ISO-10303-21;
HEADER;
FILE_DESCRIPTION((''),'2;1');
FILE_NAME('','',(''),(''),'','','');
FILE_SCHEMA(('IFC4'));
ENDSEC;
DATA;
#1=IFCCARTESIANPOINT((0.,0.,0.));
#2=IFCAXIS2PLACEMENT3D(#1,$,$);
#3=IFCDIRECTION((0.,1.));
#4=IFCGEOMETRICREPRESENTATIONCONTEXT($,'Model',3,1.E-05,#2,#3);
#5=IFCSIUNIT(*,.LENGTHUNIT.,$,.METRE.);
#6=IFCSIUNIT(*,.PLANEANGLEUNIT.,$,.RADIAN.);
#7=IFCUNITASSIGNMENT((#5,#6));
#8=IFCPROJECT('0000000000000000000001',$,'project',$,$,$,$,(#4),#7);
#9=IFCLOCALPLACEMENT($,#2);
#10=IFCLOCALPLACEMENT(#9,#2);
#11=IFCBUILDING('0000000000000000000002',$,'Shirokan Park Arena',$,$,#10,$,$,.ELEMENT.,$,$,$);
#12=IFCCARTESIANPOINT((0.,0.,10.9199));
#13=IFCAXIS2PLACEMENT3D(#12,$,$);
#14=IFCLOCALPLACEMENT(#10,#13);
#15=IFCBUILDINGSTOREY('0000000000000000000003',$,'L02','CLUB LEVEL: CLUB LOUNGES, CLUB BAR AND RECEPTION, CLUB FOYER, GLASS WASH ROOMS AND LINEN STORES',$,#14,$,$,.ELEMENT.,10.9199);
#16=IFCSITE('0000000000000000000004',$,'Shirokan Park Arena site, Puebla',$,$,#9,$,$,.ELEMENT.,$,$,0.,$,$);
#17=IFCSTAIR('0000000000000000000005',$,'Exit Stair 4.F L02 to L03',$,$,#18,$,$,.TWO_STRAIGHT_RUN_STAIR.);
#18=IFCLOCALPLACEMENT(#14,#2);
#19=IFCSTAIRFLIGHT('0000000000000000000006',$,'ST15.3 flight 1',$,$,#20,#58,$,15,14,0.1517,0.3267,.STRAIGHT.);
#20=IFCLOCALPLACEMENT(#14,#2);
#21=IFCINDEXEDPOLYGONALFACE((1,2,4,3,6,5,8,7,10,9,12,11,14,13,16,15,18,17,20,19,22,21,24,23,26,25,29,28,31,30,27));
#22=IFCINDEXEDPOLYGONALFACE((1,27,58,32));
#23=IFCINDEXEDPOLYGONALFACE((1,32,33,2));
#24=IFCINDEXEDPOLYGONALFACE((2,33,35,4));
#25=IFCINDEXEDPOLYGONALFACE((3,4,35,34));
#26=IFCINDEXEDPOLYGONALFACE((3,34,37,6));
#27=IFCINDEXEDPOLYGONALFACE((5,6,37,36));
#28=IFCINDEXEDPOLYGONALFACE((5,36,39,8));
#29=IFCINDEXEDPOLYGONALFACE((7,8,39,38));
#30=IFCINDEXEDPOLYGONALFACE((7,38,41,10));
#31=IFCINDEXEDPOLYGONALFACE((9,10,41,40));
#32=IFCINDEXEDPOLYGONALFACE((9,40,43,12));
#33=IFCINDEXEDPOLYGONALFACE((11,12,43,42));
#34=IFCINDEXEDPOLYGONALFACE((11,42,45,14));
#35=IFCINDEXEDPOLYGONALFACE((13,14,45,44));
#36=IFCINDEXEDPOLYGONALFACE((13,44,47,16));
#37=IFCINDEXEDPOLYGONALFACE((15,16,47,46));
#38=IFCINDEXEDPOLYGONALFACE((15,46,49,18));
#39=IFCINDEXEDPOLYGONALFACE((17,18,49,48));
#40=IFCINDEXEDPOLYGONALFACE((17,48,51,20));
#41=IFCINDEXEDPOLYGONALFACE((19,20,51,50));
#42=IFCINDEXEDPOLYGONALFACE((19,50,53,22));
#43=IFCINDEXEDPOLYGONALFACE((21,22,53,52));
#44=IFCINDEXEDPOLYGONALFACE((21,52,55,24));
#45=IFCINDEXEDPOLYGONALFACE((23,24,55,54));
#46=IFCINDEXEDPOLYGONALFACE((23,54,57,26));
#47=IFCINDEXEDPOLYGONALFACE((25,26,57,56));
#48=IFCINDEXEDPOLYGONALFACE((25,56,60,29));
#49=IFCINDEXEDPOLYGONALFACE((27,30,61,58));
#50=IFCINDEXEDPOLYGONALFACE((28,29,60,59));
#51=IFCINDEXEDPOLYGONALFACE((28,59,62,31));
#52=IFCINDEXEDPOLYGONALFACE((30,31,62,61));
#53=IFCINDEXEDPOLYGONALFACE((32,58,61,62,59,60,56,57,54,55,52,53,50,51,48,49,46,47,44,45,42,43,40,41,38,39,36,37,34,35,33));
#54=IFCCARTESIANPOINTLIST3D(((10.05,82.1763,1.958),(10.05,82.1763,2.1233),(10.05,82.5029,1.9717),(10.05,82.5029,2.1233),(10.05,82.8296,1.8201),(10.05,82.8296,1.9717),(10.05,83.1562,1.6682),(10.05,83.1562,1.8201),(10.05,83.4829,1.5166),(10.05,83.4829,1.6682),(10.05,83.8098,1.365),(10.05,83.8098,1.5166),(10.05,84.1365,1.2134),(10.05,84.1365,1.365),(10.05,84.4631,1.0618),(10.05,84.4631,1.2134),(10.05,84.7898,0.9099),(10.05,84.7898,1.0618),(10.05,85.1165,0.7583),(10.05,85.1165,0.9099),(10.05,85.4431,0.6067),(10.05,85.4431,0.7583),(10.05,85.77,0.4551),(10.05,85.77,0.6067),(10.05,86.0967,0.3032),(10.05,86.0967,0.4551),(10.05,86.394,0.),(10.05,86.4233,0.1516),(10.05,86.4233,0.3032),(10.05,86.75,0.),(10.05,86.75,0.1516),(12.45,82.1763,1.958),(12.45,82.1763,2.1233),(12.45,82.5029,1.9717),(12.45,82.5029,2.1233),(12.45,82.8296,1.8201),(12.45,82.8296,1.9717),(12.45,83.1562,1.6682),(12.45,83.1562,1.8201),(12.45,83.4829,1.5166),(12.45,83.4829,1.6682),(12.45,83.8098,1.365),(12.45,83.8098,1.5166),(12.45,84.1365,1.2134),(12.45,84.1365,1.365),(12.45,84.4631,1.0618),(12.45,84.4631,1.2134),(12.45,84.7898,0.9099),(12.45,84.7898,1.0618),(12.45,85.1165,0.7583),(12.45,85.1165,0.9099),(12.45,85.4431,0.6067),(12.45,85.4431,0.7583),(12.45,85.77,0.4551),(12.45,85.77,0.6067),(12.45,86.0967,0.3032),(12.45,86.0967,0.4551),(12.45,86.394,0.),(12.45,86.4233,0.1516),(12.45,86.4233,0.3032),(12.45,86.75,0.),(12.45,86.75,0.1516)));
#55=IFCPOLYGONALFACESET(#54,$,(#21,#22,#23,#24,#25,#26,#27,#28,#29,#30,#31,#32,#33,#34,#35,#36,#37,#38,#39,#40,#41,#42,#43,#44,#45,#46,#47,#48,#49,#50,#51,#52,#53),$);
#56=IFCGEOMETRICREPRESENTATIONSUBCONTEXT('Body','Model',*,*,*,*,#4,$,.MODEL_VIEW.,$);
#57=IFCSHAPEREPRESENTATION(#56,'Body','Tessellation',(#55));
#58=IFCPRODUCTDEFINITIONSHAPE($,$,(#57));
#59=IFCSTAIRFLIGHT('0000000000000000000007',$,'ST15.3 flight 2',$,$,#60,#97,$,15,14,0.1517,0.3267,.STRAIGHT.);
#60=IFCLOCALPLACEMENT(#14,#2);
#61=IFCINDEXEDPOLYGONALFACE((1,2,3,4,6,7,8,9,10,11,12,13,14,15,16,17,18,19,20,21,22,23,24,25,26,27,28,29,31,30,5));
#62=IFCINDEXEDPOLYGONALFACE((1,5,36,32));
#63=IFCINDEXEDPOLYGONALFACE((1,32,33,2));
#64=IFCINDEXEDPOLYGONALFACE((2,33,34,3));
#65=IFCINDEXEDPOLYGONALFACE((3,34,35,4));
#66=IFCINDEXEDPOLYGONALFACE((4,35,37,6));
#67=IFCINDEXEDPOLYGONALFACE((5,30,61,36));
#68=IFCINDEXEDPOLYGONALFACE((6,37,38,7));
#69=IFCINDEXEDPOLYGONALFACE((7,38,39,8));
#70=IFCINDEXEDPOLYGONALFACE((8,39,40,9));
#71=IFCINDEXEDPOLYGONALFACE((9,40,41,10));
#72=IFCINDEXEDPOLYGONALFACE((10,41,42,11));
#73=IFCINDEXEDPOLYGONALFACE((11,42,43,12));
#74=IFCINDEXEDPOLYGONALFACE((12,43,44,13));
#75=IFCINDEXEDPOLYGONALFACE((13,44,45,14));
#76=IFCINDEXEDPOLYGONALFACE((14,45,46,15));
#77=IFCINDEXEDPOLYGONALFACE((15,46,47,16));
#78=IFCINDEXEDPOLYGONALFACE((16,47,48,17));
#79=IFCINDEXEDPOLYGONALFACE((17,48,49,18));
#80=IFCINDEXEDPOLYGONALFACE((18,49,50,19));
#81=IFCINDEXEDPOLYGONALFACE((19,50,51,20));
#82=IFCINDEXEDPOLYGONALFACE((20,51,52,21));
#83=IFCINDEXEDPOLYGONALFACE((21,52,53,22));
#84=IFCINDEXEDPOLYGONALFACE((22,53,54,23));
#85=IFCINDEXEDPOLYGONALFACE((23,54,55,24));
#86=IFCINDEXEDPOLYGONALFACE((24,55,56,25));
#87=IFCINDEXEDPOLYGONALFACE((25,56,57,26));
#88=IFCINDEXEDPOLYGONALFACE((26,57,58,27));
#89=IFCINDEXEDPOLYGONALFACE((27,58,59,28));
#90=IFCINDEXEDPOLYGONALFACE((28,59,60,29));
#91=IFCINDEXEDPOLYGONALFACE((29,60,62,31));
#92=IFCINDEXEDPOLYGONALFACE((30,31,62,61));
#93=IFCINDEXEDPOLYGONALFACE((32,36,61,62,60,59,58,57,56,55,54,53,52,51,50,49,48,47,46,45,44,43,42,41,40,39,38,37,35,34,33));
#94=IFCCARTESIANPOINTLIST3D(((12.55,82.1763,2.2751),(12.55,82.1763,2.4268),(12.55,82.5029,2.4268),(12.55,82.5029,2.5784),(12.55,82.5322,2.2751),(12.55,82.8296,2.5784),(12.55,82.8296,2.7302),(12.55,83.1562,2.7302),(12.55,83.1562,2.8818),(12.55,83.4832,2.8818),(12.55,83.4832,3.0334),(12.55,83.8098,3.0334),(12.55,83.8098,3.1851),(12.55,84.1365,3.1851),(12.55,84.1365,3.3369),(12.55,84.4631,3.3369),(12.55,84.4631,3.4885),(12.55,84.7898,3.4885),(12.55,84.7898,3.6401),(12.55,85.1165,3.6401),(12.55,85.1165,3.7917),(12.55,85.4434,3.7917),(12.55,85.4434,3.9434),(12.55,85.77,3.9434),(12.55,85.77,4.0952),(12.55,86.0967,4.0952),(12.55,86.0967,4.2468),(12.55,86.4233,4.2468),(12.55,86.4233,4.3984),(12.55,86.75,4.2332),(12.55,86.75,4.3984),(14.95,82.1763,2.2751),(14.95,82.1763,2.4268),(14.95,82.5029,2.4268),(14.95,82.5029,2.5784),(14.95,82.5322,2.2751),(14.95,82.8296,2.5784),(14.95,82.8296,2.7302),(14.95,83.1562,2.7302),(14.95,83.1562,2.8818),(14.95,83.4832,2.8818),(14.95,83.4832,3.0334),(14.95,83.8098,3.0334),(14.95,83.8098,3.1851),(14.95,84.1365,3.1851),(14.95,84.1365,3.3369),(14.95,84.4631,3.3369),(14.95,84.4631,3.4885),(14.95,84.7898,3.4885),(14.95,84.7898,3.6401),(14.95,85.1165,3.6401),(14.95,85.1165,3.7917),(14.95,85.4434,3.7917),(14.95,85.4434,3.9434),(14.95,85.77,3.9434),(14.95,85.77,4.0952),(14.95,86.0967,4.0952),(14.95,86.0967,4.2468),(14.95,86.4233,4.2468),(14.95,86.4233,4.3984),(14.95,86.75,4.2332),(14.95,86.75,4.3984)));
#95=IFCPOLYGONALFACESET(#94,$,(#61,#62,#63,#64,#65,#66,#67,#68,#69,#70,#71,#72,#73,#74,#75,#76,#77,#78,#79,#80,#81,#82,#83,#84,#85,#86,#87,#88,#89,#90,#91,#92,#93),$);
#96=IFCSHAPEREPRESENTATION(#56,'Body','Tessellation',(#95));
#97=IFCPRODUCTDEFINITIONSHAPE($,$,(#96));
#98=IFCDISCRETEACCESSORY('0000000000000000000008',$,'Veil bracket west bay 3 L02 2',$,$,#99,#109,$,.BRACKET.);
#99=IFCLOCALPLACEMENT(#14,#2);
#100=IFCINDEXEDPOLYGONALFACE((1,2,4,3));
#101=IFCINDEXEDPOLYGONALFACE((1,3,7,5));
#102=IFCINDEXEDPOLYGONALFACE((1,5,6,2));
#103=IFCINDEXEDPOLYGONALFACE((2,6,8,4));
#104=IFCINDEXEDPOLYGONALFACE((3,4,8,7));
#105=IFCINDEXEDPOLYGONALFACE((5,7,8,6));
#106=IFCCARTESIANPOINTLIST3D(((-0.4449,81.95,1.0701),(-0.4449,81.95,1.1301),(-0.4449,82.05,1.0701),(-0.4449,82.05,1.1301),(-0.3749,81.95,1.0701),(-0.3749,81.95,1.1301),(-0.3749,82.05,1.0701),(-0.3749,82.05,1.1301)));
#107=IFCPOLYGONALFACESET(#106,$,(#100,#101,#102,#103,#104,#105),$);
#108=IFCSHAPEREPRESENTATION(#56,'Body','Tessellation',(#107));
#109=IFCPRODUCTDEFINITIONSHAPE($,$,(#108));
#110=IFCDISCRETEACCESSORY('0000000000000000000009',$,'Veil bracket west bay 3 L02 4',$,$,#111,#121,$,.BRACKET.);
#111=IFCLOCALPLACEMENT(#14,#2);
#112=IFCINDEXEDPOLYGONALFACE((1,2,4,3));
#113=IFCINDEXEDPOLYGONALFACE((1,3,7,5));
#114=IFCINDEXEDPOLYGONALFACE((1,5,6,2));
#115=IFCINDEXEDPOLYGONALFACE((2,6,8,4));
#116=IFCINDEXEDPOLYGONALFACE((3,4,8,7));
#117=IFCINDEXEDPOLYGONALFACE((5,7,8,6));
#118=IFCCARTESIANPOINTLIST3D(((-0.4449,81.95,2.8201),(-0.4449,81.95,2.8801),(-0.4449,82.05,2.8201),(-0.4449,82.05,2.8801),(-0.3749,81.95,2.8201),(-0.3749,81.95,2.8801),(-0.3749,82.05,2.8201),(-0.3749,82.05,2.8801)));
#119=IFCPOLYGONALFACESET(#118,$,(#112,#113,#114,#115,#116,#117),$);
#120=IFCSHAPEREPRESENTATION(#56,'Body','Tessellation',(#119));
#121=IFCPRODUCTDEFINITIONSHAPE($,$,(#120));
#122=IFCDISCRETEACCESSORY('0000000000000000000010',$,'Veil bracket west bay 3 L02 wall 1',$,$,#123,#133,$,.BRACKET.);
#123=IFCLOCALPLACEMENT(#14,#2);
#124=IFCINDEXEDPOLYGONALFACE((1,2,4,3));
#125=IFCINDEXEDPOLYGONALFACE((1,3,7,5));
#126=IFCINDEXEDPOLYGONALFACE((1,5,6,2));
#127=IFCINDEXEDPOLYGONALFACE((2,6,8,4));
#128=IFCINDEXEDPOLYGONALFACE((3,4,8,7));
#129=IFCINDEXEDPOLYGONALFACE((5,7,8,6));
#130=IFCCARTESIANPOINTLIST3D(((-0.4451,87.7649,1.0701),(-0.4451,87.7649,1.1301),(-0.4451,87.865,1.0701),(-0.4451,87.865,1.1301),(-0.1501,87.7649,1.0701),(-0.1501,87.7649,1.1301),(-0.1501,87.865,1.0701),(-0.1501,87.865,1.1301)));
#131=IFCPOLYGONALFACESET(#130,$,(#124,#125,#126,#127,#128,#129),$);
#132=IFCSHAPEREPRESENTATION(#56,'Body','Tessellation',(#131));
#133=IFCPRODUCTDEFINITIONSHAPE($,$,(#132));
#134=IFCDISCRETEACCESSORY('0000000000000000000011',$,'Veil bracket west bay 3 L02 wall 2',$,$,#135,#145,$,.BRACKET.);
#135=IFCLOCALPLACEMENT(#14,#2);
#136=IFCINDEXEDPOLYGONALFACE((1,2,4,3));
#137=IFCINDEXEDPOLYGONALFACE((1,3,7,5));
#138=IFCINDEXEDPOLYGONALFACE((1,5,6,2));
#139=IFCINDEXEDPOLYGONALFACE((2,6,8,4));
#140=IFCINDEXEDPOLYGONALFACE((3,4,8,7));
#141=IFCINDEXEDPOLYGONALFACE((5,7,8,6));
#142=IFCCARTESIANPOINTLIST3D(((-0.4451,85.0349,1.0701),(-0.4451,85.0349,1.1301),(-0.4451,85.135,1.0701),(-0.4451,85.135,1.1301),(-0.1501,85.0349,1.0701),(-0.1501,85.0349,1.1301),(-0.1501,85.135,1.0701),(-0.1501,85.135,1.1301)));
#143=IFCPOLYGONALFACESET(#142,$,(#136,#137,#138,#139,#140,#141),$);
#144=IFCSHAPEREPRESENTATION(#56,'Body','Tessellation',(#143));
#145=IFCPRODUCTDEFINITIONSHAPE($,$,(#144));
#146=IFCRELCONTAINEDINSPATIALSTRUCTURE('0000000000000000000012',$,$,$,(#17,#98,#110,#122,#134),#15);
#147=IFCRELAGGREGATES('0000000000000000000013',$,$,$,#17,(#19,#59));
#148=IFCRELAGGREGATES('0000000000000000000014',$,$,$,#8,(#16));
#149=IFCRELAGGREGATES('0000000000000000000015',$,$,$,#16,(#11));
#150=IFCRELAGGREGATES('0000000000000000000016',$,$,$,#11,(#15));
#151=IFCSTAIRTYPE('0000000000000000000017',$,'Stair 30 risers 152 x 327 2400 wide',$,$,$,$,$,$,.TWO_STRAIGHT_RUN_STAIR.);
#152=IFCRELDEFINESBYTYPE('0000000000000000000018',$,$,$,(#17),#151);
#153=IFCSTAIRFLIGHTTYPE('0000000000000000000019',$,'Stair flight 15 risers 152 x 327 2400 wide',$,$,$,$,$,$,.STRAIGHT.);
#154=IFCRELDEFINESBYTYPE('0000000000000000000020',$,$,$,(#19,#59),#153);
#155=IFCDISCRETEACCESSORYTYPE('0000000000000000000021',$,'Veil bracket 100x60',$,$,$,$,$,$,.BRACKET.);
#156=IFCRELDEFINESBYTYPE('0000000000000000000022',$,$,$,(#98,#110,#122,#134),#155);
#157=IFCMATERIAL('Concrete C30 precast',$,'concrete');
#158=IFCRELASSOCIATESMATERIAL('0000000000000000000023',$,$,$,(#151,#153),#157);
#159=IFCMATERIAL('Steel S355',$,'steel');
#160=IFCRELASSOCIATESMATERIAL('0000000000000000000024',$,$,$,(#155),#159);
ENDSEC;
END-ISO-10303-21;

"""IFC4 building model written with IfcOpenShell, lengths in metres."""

from ifc_helpers import new_model, si_unit, direction, frame, origin, origin_2d, place, context, subcontext, project, spatial, polyline, rectangle, outline, extrude, material, type_object, element, aggregate, save


model = new_model("IFC4")

# Units and contexts
model_context = context("Model", 3, precision=1e-05, world=origin(), true_north=direction((0.0, 1.0)))
body_context = subcontext(model_context, "Body", "Model", "MODEL_VIEW")
ifc_project = project(units=[si_unit("LENGTHUNIT", "METRE"), si_unit("PLANEANGLEUNIT", "RADIAN")], contexts=[model_context])

# Site, building, storey
site_placement = place(None, origin())
site = spatial("IfcSite", under=ifc_project, at=site_placement, Name="Shirokan Park Arena site, Puebla", CompositionType="ELEMENT", RefElevation=0.0)
building_placement = place(site_placement, origin())
building = spatial("IfcBuilding", under=site, at=building_placement, Name="Shirokan Park Arena", CompositionType="ELEMENT")
storey_placement = place(building_placement, frame((0.0, 0.0, 10.9199)))
storey = spatial("IfcBuildingStorey", under=building, at=storey_placement, Name="L02", Description="CLUB LEVEL: CLUB LOUNGES, CLUB BAR AND RECEPTION, CLUB FOYER, GLASS WASH ROOMS AND LINEN STORES", CompositionType="ELEMENT", Elevation=10.9199)

# Stair, stair flights
ifc_material_1 = material(Name="Concrete C30 precast", Category="concrete")
stair_type = type_object("IfcStairType", Name="Stair 30 risers 152 x 327 2400 wide", PredefinedType="TWO_STRAIGHT_RUN_STAIR", material=ifc_material_1)
stair_flight_type = type_object("IfcStairFlightType", Name="Stair flight 15 risers 152 x 327 2400 wide", PredefinedType="STRAIGHT", material=ifc_material_1)
stair_1_placement = place(storey_placement, origin())
stair_1 = element("IfcStair", 1, at=stair_1_placement, inside=storey, type_object=stair_type, Name="Exit Stair 4.F L02 to L03", PredefinedType="TWO_STRAIGHT_RUN_STAIR")
stair_flight_1_placement = place(storey_placement, frame((11.25, 86.75, 0.0), z_axis=(0.0, 0.0, 1.0), x_axis=(0.0, -1.0, 0.0)))
stair_flight_1 = element("IfcStairFlight", 2, at=stair_flight_1_placement, type_object=stair_flight_type, Name="ST15.3 flight 1", NumberOfRisers=15, NumberOfTreads=14, PredefinedType="STRAIGHT", RiserHeight=0.1517, TreadLength=0.3267, context=body_context, shape_type="SweptSolid", body=[
    extrude(outline(polyline([(0.0, 0.0), (0.0, 0.1516), (0.3267, 0.1516), (0.3267, 0.3032), (0.6533, 0.3032), (0.6533, 0.4551), (0.98, 0.4551), (0.98, 0.6067), (1.3069, 0.6067), (1.3069, 0.7583), (1.6335, 0.7583), (1.6335, 0.9099), (1.9602, 0.9099), (1.9602, 1.0618), (2.2869, 1.0618), (2.2869, 1.2134), (2.6135, 1.2134), (2.6135, 1.365), (2.9402, 1.365), (2.9402, 1.5166), (3.2671, 1.5166), (3.2671, 1.6682), (3.5938, 1.6682), (3.5938, 1.8201), (3.9204, 1.8201), (3.9204, 1.9717), (4.2471, 1.9717), (4.2471, 2.1233), (4.5737, 2.1233), (4.5737, 2.2749), (4.5737, 1.958), (0.356, 0.0), (0.0, 0.0)])), frame((0.0, 1.2, 0.0), z_axis=(0.0, -1.0, 0.0), x_axis=(1.0, 0.0, 0.0)), (0.0, 0.0, 1.0), 2.3999),
])
stair_flight_2_placement = place(storey_placement, frame((13.75, 82.1763, 2.2751), z_axis=(0.0, 0.0, 1.0), x_axis=(0.0, 1.0, 0.0)))
stair_flight_2 = element("IfcStairFlight", 3, at=stair_flight_2_placement, type_object=stair_flight_type, Name="ST15.3 flight 2", NumberOfRisers=15, NumberOfTreads=14, PredefinedType="STRAIGHT", RiserHeight=0.1517, TreadLength=0.3267, context=body_context, shape_type="SweptSolid", body=[
    extrude(outline(polyline([(0.0, 0.0), (0.0, 0.1516), (0.3267, 0.1516), (0.3267, 0.3032), (0.6533, 0.3032), (0.6533, 0.4551), (0.98, 0.4551), (0.98, 0.6067), (1.3069, 0.6067), (1.3069, 0.7583), (1.6335, 0.7583), (1.6335, 0.9099), (1.9602, 0.9099), (1.9602, 1.0618), (2.2869, 1.0618), (2.2869, 1.2134), (2.6135, 1.2134), (2.6135, 1.365), (2.9402, 1.365), (2.9402, 1.5166), (3.2671, 1.5166), (3.2671, 1.6682), (3.5938, 1.6682), (3.5938, 1.8201), (3.9204, 1.8201), (3.9204, 1.9717), (4.2471, 1.9717), (4.2471, 2.1233), (4.5737, 2.1233), (4.5737, 2.2749), (4.5737, 1.958), (0.356, 0.0), (0.0, 0.0)])), frame((0.0, 1.2, 0.0), z_axis=(0.0, -1.0, 0.0), x_axis=(1.0, 0.0, 0.0)), (0.0, 0.0, 1.0), 2.3999),
])
aggregate(stair_1, [stair_flight_1, stair_flight_2])

# Discrete accessories
ifc_material_2 = material(Name="Steel S355", Category="steel")
discrete_accessory_type = type_object("IfcDiscreteAccessoryType", Name="Veil bracket 100x60", PredefinedType="BRACKET", material=ifc_material_2)
for number, where, z_axis, x_axis, name in (
    (4, (-0.4099, 82.0, 1.0701), (0.0, 0.0, 1.0), (0.0, -1.0, 0.0), "Veil bracket west bay 3 L02 2"),
    (5, (-0.4099, 82.0, 2.8201), (0.0, 0.0, 1.0), (0.0, -1.0, 0.0), "Veil bracket west bay 3 L02 4"),
):
    element("IfcDiscreteAccessory", number, at=place(storey_placement, frame(where, z_axis=z_axis, x_axis=x_axis)), inside=storey, type_object=discrete_accessory_type, Name=name, PredefinedType="BRACKET", context=body_context, shape_type="SweptSolid", body=[
        extrude(rectangle(XDim=0.1001, YDim=0.0701, at=origin_2d()), origin(), (0.0, 0.0, 1.0), 0.0601),
    ])
for number, where, z_axis, x_axis, name in (
    (6, (-0.2976, 87.8149, 1.0701), (0.0, 0.0, 1.0), (0.0, -1.0, 0.0), "Veil bracket west bay 3 L02 wall 1"),
    (7, (-0.2976, 85.085, 1.0701), (0.0, 0.0, 1.0), (0.0, -1.0, 0.0), "Veil bracket west bay 3 L02 wall 2"),
):
    element("IfcDiscreteAccessory", number, at=place(storey_placement, frame(where, z_axis=z_axis, x_axis=x_axis)), inside=storey, type_object=discrete_accessory_type, Name=name, PredefinedType="BRACKET", context=body_context, shape_type="SweptSolid", body=[
        extrude(rectangle(XDim=0.1001, YDim=0.2949, at=origin_2d()), origin(), (0.0, 0.0, 1.0), 0.0601),
    ])

save(model, "model.ifc")
